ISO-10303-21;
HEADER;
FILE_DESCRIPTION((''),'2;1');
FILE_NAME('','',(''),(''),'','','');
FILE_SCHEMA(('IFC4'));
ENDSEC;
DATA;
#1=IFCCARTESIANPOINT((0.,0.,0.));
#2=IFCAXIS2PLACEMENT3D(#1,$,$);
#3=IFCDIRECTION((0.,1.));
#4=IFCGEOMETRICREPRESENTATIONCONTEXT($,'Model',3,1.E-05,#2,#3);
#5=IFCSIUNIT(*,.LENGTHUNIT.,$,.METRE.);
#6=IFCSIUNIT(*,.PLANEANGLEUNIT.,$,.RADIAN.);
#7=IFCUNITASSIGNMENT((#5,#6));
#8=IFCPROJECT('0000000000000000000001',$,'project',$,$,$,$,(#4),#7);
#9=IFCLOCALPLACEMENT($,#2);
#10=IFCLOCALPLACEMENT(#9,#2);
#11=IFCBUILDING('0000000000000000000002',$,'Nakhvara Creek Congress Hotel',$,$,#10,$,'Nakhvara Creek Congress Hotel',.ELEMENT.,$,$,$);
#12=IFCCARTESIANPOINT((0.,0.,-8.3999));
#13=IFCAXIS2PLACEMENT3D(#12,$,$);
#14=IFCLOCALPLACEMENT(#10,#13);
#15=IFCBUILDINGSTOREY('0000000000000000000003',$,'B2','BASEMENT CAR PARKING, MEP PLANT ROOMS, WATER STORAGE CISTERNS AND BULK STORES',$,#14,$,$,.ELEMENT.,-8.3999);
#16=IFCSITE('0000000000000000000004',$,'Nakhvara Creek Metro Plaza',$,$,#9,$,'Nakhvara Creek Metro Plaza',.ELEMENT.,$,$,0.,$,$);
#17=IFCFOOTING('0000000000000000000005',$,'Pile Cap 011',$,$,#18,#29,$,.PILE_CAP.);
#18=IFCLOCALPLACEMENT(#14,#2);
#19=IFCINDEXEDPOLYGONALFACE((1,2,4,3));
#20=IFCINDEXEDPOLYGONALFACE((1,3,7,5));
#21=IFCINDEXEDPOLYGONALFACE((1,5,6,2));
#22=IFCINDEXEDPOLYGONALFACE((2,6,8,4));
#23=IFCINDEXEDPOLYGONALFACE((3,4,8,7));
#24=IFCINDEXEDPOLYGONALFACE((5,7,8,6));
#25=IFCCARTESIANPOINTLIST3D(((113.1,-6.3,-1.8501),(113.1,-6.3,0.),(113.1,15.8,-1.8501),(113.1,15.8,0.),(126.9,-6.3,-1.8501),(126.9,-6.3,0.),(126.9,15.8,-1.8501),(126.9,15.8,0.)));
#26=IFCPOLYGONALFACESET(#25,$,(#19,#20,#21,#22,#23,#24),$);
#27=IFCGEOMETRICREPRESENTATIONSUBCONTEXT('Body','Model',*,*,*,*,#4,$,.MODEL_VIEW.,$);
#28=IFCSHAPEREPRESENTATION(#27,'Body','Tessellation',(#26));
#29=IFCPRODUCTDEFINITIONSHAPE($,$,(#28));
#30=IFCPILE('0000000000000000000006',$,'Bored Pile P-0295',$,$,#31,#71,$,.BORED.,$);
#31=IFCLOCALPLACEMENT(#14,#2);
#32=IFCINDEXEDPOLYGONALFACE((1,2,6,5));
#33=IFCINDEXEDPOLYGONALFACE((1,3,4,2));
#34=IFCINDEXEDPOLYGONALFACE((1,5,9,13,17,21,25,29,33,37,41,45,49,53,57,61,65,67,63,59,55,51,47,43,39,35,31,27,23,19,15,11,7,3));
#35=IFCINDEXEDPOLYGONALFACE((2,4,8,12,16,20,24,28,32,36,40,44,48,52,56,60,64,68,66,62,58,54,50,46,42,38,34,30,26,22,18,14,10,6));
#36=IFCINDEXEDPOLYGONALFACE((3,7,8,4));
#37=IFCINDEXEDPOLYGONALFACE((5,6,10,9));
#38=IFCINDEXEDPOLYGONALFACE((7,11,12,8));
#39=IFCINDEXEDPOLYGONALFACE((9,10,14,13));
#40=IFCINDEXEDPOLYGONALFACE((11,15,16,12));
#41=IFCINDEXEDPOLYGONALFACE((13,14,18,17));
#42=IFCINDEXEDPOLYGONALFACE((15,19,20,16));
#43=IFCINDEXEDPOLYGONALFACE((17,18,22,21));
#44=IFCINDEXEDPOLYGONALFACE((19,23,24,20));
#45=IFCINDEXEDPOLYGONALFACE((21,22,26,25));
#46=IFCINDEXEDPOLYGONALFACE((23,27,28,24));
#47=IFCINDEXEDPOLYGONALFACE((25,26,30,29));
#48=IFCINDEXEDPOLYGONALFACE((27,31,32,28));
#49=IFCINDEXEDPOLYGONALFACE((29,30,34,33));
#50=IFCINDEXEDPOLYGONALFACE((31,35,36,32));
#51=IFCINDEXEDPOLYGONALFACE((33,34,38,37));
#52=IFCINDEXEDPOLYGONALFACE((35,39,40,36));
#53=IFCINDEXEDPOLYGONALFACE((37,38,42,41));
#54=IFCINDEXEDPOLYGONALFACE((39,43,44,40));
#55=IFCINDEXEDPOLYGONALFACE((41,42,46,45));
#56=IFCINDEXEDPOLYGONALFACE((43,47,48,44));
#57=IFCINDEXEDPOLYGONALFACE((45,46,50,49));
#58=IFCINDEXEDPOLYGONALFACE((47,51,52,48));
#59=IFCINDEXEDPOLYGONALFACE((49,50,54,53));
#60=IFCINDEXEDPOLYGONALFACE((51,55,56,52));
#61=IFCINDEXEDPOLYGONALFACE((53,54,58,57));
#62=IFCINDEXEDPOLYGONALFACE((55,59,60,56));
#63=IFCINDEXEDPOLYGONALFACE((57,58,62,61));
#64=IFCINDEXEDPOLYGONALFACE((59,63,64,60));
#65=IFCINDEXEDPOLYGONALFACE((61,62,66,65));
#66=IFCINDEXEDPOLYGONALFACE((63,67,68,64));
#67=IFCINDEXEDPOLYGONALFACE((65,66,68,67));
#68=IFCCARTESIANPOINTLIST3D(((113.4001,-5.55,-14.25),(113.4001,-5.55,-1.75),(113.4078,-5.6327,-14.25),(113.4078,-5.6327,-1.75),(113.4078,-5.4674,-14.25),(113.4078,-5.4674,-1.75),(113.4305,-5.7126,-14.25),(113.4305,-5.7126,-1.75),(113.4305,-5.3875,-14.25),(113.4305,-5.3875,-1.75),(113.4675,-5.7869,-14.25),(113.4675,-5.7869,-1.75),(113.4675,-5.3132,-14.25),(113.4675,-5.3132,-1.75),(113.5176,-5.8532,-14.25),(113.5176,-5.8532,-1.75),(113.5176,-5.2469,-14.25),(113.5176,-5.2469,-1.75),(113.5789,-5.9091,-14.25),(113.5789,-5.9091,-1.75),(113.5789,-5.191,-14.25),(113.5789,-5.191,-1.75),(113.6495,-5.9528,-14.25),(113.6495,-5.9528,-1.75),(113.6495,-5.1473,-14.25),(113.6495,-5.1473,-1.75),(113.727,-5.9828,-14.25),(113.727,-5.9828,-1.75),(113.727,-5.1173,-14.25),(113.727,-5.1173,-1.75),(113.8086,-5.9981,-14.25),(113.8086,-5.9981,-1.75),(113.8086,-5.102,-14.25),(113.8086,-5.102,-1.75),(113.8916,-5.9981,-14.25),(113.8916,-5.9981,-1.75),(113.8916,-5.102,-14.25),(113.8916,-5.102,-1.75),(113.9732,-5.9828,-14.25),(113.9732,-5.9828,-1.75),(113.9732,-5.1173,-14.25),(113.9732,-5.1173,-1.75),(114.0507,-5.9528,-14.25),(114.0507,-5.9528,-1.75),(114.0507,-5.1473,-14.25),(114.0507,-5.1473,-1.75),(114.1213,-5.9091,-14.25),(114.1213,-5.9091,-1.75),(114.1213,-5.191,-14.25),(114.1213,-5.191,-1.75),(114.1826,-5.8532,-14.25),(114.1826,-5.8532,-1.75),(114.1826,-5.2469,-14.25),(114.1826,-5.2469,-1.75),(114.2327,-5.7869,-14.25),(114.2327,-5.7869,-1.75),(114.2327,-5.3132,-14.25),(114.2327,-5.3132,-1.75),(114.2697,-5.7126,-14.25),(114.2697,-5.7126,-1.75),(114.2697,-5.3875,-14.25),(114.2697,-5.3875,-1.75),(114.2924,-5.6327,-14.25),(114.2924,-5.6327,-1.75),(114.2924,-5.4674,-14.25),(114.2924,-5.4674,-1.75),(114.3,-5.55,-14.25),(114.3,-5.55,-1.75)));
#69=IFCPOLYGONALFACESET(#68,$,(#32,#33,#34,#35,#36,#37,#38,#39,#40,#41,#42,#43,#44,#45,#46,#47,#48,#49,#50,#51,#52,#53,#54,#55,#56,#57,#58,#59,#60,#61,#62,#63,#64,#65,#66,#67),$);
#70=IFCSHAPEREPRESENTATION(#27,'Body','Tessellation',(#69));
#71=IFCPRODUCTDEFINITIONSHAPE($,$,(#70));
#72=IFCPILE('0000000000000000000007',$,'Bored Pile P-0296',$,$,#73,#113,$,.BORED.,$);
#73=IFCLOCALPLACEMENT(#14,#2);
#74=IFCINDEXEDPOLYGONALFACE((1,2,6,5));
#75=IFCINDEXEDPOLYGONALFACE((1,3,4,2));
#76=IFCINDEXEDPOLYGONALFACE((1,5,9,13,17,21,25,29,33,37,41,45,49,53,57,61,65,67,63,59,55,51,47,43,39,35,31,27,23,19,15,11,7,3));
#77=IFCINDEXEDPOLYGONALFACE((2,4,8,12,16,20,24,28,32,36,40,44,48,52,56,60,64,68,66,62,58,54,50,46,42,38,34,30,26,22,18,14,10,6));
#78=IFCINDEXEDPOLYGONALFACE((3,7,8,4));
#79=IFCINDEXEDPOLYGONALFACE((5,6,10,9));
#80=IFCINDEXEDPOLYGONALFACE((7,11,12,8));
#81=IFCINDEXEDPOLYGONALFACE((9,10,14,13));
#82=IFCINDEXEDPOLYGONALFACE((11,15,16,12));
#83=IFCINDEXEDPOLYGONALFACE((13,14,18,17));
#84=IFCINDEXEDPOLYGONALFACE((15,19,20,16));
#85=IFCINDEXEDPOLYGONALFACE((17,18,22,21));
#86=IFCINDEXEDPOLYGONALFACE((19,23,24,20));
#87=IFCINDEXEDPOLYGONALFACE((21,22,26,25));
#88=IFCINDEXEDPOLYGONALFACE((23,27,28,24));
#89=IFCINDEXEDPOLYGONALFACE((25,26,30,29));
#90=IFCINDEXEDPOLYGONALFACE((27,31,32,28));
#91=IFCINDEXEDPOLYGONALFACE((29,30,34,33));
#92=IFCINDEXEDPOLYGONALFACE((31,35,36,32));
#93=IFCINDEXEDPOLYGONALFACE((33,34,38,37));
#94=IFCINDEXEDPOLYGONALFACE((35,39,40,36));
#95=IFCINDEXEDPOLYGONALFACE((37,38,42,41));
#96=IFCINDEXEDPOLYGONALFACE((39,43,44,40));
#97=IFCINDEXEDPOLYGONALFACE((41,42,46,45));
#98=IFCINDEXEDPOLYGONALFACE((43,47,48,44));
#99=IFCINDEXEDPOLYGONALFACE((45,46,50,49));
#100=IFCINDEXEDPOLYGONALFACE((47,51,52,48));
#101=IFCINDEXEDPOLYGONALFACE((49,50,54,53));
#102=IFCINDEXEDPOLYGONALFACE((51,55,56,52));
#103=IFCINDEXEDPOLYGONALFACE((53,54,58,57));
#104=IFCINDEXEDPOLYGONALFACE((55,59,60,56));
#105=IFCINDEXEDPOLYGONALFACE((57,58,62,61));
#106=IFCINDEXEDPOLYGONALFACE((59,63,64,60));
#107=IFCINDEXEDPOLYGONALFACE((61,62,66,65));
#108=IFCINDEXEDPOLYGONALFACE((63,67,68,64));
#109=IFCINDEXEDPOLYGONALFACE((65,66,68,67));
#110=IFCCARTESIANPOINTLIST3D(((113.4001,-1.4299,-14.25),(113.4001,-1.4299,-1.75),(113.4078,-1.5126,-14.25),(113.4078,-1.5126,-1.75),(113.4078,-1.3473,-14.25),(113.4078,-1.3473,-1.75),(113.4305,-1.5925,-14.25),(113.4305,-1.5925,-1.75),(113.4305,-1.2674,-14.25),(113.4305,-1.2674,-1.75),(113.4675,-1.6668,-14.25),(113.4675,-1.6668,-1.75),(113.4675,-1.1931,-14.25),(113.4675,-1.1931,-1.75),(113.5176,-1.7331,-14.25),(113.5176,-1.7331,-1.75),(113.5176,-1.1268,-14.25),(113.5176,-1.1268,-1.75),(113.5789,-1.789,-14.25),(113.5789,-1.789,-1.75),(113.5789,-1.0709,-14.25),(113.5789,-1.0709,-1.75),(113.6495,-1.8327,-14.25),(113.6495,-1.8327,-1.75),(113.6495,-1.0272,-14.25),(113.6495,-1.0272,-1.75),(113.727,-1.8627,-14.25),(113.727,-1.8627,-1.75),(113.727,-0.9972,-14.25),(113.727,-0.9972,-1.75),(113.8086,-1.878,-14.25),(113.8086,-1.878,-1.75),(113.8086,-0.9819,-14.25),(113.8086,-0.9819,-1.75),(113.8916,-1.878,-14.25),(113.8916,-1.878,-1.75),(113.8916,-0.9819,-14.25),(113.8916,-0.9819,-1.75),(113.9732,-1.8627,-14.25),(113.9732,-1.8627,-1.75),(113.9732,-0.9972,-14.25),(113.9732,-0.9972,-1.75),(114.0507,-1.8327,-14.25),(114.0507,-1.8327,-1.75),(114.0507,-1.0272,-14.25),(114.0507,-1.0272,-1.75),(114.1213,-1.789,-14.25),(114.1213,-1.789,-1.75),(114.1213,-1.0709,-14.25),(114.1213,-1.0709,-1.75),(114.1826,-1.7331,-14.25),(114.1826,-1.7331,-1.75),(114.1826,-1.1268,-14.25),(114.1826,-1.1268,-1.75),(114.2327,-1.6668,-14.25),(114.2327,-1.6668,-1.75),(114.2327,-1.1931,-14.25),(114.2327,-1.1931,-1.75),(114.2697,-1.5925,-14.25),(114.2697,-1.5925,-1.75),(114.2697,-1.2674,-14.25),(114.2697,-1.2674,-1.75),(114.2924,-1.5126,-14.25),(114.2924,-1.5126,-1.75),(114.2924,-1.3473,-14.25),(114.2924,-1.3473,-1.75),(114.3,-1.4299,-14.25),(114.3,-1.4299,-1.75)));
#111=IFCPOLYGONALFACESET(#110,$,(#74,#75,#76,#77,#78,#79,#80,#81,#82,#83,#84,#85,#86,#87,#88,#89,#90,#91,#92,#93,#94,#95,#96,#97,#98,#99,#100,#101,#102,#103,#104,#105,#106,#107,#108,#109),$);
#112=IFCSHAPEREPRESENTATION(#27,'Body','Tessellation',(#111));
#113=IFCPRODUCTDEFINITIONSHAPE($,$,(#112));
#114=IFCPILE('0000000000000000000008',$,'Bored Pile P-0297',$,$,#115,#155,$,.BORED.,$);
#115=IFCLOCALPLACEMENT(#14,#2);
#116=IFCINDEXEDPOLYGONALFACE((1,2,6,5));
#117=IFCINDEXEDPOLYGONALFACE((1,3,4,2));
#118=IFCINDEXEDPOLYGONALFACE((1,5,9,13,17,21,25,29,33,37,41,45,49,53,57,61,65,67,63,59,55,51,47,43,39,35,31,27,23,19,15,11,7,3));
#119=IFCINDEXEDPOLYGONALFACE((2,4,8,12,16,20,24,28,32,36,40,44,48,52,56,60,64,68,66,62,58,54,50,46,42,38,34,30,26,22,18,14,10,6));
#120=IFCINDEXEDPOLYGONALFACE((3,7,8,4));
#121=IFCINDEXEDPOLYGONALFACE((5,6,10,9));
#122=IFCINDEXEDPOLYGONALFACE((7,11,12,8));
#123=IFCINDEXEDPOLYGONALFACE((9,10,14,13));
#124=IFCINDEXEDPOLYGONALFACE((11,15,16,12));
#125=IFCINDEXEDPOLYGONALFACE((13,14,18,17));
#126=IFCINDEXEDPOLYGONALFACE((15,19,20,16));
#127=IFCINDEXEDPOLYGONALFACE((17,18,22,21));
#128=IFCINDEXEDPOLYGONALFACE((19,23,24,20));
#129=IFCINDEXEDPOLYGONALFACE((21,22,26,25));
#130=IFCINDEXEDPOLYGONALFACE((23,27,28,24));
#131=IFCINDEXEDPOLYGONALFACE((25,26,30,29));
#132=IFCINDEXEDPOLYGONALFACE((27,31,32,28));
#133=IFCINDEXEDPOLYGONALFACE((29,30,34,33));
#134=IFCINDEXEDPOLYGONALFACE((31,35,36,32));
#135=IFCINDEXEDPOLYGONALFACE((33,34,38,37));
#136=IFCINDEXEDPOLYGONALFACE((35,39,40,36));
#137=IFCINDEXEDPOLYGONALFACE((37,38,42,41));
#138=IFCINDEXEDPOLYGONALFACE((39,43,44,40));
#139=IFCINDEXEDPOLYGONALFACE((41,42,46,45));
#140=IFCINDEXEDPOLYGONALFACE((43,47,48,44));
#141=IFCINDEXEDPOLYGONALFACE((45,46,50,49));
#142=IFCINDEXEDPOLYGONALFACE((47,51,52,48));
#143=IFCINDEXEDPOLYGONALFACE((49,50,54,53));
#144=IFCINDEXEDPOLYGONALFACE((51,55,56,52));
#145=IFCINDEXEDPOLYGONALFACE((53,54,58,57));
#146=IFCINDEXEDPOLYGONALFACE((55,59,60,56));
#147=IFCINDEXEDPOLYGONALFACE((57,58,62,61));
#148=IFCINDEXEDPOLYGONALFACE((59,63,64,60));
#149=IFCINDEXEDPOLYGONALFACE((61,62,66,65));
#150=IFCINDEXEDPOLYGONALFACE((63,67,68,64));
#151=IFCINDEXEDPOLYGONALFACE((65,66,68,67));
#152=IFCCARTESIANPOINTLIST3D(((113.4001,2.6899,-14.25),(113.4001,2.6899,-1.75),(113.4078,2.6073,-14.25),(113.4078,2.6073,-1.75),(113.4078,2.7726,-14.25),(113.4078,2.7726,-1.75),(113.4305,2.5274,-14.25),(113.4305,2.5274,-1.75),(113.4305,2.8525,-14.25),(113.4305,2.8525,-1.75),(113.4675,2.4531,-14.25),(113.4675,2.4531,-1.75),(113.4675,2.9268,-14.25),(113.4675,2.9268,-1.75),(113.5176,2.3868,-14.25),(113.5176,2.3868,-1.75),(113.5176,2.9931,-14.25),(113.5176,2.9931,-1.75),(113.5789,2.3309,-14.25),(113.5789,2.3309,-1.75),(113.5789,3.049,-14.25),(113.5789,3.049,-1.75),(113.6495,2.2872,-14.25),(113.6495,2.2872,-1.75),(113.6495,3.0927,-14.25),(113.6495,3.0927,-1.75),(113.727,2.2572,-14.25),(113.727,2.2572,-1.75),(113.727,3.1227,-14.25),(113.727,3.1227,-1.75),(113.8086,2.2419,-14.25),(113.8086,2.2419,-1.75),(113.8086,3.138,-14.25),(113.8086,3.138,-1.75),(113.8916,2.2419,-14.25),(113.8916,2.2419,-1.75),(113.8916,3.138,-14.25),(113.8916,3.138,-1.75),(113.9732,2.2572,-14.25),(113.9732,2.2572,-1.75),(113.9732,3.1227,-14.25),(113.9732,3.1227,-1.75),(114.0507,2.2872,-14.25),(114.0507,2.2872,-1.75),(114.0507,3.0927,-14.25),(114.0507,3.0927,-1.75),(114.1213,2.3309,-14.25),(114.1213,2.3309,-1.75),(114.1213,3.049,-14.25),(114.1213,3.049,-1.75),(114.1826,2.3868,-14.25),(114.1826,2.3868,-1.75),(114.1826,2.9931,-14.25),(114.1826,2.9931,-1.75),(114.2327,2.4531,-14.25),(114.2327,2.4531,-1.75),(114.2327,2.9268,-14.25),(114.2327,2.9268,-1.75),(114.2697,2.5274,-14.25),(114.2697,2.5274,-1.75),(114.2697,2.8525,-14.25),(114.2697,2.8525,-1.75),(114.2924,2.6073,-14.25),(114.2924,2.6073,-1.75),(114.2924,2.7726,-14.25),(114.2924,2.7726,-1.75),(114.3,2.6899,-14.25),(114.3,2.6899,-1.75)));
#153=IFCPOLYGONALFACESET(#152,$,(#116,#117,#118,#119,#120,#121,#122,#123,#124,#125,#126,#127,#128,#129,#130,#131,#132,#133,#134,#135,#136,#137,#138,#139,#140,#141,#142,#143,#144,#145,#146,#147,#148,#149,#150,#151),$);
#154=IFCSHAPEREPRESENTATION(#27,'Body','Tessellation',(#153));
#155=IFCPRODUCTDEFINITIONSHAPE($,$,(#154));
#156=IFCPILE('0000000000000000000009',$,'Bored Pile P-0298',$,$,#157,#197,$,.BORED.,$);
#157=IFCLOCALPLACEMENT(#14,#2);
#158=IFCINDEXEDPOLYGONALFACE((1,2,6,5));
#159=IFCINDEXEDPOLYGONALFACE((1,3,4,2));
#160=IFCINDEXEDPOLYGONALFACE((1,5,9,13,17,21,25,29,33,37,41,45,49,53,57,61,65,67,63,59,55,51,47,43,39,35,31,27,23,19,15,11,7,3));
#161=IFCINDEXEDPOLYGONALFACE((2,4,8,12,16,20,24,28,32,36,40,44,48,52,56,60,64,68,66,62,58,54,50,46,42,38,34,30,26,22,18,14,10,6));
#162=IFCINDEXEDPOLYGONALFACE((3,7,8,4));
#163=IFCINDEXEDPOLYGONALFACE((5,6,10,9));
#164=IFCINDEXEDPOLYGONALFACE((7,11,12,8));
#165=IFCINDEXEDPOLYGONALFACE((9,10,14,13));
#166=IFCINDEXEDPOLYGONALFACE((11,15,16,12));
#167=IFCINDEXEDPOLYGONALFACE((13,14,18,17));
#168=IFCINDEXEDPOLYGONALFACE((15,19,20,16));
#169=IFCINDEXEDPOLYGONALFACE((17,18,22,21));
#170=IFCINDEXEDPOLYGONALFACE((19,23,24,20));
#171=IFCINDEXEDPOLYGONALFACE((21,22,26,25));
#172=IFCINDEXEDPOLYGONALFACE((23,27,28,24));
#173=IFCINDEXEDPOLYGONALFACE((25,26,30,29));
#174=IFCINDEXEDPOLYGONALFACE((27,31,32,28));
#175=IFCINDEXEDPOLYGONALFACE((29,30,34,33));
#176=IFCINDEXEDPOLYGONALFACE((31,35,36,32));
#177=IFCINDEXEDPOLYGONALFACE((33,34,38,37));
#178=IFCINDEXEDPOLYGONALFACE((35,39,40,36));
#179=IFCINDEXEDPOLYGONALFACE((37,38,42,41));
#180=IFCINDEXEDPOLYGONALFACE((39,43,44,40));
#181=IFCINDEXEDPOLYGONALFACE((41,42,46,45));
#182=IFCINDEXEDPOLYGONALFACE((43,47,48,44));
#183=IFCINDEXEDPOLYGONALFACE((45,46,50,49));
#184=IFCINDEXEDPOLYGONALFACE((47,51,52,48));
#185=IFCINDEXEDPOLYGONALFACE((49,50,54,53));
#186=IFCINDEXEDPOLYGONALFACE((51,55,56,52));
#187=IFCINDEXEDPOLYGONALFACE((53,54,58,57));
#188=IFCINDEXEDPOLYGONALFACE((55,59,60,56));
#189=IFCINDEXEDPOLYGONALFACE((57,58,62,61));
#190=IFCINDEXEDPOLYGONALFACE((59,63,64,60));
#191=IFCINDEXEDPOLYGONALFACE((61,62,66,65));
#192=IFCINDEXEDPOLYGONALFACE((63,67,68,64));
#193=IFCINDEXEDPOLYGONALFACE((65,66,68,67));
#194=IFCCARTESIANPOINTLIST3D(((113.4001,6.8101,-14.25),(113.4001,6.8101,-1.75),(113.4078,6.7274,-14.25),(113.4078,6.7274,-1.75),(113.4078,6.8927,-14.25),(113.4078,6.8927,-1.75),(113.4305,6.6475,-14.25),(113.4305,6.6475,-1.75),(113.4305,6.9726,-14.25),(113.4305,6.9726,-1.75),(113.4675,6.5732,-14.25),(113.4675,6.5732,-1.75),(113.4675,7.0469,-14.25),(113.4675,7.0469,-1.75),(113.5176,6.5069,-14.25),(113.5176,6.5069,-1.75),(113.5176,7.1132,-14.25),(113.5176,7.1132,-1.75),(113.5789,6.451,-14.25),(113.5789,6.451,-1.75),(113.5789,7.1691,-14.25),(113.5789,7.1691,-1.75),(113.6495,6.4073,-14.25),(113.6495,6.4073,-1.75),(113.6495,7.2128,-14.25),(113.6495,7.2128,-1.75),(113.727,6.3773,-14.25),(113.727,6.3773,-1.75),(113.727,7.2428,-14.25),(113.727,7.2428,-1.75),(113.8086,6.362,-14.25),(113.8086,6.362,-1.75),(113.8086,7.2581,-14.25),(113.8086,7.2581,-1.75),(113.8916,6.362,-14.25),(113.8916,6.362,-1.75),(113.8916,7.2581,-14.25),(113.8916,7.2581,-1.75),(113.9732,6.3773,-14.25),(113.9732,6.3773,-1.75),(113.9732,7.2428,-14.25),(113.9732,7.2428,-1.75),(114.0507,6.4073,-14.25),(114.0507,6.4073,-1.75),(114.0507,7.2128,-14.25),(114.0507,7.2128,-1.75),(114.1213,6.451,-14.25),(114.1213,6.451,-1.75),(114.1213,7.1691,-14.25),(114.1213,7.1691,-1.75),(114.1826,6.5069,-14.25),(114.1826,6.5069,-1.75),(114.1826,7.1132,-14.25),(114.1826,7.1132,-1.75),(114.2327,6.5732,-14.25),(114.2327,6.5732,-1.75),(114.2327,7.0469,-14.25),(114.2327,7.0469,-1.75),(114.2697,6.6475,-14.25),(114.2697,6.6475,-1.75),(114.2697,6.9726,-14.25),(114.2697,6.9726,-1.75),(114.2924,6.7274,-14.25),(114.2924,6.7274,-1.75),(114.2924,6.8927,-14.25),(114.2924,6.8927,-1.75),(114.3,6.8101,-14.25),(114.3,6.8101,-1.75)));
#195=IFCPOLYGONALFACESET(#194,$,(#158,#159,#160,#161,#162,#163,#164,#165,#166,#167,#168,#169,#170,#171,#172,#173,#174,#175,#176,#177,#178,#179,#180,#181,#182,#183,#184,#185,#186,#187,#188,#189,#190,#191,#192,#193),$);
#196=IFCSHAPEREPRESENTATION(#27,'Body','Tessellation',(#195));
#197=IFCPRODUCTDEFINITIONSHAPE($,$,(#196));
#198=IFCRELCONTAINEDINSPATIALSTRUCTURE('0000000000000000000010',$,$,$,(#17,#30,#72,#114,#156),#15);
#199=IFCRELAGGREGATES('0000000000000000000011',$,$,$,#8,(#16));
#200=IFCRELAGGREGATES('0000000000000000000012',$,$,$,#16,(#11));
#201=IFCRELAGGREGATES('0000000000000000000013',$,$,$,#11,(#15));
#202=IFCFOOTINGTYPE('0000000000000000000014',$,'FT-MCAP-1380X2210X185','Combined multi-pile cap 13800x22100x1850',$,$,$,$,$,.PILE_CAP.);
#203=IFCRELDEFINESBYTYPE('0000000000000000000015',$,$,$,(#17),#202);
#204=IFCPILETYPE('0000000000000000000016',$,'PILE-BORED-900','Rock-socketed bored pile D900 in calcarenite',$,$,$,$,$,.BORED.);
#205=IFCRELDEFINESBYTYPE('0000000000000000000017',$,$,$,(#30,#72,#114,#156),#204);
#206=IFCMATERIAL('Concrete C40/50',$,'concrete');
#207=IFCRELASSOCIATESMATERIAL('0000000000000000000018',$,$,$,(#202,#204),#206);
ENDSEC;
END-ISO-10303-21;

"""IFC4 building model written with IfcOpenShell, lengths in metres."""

from ifc_helpers import new_model, si_unit, direction, frame, origin, origin_2d, place, context, subcontext, project, spatial, rectangle, circle, extrude, material, material_profile, profile_set, type_object, element, save


model = new_model("IFC4")

# Units and contexts
model_context = context("Model", 3, precision=1e-05, world=origin(), true_north=direction((0.0, 1.0)))
body_context = subcontext(model_context, "Body", "Model", "MODEL_VIEW")
ifc_project = project(units=[si_unit("LENGTHUNIT", "METRE"), si_unit("PLANEANGLEUNIT", "RADIAN")], contexts=[model_context])

# Site, building, storey
site_placement = place(None, origin())
site = spatial("IfcSite", under=ifc_project, at=site_placement, Name="Nakhvara Creek Metro Plaza", LongName="Nakhvara Creek Metro Plaza", CompositionType="ELEMENT", RefElevation=0.0)
building_placement = place(site_placement, origin())
building = spatial("IfcBuilding", under=site, at=building_placement, Name="Nakhvara Creek Congress Hotel", LongName="Nakhvara Creek Congress Hotel", CompositionType="ELEMENT")
storey_placement = place(building_placement, frame((0.0, 0.0, -8.3999)))
storey = spatial("IfcBuildingStorey", under=building, at=storey_placement, Name="B2", Description="BASEMENT CAR PARKING, MEP PLANT ROOMS, WATER STORAGE CISTERNS AND BULK STORES", CompositionType="ELEMENT", Elevation=-8.3999)

# Footing
ifc_material_1 = material(Name="Concrete C40/50", Category="concrete")
footing_type = type_object("IfcFootingType", Name="FT-MCAP-1380X2210X185", Description="Combined multi-pile cap 13800x22100x1850", PredefinedType="PILE_CAP", material=ifc_material_1)
footing_placement = place(storey_placement, frame((120.0, 4.75, -1.8501), z_axis=(0.0, 0.0, 1.0), x_axis=(1.0, 0.0, 0.0)))
element("IfcFooting", 1, at=footing_placement, inside=storey, type_object=footing_type, Name="Pile Cap 011", PredefinedType="PILE_CAP", context=body_context, shape_type="SweptSolid", body=[
    extrude(rectangle(XDim=13.8, YDim=22.1001, at=origin_2d()), origin(), (0.0, 0.0, 1.0), 1.8501),
])

# Piles
ifc_material_profile_1 = material_profile(ifc_material_1, circle(Radius=0.45, at=origin_2d()), Name="BORED PILE D900", Category="LoadBearing")
ifc_profile_set_1 = profile_set([ifc_material_profile_1], Name="Concrete C40/50")
pile_type = type_object("IfcPileType", Name="PILE-BORED-900", Description="Rock-socketed bored pile D900 in calcarenite", PredefinedType="BORED", material=ifc_profile_set_1)
for number, where, z_axis, x_axis, name in (
    (2, (113.8501, -5.55, -1.75), (0.0, 0.0, -1.0), (1.0, 0.0, 0.0), "Bored Pile P-0295"),
    (3, (113.8501, -1.4299, -1.75), (0.0, 0.0, -1.0), (1.0, 0.0, 0.0), "Bored Pile P-0296"),
    (4, (113.8501, 2.6899, -1.75), (0.0, 0.0, -1.0), (1.0, 0.0, 0.0), "Bored Pile P-0297"),
    (5, (113.8501, 6.8101, -1.75), (0.0, 0.0, -1.0), (1.0, 0.0, 0.0), "Bored Pile P-0298"),
):
    element("IfcPile", number, at=place(storey_placement, frame(where, z_axis=z_axis, x_axis=x_axis)), inside=storey, type_object=pile_type, Name=name, PredefinedType="BORED", context=body_context, shape_type="SweptSolid", body=[
        extrude(circle(Radius=0.45, at=origin_2d()), origin(), (0.0, 0.0, 1.0), 12.5),
    ])

save(model, "model.ifc")
